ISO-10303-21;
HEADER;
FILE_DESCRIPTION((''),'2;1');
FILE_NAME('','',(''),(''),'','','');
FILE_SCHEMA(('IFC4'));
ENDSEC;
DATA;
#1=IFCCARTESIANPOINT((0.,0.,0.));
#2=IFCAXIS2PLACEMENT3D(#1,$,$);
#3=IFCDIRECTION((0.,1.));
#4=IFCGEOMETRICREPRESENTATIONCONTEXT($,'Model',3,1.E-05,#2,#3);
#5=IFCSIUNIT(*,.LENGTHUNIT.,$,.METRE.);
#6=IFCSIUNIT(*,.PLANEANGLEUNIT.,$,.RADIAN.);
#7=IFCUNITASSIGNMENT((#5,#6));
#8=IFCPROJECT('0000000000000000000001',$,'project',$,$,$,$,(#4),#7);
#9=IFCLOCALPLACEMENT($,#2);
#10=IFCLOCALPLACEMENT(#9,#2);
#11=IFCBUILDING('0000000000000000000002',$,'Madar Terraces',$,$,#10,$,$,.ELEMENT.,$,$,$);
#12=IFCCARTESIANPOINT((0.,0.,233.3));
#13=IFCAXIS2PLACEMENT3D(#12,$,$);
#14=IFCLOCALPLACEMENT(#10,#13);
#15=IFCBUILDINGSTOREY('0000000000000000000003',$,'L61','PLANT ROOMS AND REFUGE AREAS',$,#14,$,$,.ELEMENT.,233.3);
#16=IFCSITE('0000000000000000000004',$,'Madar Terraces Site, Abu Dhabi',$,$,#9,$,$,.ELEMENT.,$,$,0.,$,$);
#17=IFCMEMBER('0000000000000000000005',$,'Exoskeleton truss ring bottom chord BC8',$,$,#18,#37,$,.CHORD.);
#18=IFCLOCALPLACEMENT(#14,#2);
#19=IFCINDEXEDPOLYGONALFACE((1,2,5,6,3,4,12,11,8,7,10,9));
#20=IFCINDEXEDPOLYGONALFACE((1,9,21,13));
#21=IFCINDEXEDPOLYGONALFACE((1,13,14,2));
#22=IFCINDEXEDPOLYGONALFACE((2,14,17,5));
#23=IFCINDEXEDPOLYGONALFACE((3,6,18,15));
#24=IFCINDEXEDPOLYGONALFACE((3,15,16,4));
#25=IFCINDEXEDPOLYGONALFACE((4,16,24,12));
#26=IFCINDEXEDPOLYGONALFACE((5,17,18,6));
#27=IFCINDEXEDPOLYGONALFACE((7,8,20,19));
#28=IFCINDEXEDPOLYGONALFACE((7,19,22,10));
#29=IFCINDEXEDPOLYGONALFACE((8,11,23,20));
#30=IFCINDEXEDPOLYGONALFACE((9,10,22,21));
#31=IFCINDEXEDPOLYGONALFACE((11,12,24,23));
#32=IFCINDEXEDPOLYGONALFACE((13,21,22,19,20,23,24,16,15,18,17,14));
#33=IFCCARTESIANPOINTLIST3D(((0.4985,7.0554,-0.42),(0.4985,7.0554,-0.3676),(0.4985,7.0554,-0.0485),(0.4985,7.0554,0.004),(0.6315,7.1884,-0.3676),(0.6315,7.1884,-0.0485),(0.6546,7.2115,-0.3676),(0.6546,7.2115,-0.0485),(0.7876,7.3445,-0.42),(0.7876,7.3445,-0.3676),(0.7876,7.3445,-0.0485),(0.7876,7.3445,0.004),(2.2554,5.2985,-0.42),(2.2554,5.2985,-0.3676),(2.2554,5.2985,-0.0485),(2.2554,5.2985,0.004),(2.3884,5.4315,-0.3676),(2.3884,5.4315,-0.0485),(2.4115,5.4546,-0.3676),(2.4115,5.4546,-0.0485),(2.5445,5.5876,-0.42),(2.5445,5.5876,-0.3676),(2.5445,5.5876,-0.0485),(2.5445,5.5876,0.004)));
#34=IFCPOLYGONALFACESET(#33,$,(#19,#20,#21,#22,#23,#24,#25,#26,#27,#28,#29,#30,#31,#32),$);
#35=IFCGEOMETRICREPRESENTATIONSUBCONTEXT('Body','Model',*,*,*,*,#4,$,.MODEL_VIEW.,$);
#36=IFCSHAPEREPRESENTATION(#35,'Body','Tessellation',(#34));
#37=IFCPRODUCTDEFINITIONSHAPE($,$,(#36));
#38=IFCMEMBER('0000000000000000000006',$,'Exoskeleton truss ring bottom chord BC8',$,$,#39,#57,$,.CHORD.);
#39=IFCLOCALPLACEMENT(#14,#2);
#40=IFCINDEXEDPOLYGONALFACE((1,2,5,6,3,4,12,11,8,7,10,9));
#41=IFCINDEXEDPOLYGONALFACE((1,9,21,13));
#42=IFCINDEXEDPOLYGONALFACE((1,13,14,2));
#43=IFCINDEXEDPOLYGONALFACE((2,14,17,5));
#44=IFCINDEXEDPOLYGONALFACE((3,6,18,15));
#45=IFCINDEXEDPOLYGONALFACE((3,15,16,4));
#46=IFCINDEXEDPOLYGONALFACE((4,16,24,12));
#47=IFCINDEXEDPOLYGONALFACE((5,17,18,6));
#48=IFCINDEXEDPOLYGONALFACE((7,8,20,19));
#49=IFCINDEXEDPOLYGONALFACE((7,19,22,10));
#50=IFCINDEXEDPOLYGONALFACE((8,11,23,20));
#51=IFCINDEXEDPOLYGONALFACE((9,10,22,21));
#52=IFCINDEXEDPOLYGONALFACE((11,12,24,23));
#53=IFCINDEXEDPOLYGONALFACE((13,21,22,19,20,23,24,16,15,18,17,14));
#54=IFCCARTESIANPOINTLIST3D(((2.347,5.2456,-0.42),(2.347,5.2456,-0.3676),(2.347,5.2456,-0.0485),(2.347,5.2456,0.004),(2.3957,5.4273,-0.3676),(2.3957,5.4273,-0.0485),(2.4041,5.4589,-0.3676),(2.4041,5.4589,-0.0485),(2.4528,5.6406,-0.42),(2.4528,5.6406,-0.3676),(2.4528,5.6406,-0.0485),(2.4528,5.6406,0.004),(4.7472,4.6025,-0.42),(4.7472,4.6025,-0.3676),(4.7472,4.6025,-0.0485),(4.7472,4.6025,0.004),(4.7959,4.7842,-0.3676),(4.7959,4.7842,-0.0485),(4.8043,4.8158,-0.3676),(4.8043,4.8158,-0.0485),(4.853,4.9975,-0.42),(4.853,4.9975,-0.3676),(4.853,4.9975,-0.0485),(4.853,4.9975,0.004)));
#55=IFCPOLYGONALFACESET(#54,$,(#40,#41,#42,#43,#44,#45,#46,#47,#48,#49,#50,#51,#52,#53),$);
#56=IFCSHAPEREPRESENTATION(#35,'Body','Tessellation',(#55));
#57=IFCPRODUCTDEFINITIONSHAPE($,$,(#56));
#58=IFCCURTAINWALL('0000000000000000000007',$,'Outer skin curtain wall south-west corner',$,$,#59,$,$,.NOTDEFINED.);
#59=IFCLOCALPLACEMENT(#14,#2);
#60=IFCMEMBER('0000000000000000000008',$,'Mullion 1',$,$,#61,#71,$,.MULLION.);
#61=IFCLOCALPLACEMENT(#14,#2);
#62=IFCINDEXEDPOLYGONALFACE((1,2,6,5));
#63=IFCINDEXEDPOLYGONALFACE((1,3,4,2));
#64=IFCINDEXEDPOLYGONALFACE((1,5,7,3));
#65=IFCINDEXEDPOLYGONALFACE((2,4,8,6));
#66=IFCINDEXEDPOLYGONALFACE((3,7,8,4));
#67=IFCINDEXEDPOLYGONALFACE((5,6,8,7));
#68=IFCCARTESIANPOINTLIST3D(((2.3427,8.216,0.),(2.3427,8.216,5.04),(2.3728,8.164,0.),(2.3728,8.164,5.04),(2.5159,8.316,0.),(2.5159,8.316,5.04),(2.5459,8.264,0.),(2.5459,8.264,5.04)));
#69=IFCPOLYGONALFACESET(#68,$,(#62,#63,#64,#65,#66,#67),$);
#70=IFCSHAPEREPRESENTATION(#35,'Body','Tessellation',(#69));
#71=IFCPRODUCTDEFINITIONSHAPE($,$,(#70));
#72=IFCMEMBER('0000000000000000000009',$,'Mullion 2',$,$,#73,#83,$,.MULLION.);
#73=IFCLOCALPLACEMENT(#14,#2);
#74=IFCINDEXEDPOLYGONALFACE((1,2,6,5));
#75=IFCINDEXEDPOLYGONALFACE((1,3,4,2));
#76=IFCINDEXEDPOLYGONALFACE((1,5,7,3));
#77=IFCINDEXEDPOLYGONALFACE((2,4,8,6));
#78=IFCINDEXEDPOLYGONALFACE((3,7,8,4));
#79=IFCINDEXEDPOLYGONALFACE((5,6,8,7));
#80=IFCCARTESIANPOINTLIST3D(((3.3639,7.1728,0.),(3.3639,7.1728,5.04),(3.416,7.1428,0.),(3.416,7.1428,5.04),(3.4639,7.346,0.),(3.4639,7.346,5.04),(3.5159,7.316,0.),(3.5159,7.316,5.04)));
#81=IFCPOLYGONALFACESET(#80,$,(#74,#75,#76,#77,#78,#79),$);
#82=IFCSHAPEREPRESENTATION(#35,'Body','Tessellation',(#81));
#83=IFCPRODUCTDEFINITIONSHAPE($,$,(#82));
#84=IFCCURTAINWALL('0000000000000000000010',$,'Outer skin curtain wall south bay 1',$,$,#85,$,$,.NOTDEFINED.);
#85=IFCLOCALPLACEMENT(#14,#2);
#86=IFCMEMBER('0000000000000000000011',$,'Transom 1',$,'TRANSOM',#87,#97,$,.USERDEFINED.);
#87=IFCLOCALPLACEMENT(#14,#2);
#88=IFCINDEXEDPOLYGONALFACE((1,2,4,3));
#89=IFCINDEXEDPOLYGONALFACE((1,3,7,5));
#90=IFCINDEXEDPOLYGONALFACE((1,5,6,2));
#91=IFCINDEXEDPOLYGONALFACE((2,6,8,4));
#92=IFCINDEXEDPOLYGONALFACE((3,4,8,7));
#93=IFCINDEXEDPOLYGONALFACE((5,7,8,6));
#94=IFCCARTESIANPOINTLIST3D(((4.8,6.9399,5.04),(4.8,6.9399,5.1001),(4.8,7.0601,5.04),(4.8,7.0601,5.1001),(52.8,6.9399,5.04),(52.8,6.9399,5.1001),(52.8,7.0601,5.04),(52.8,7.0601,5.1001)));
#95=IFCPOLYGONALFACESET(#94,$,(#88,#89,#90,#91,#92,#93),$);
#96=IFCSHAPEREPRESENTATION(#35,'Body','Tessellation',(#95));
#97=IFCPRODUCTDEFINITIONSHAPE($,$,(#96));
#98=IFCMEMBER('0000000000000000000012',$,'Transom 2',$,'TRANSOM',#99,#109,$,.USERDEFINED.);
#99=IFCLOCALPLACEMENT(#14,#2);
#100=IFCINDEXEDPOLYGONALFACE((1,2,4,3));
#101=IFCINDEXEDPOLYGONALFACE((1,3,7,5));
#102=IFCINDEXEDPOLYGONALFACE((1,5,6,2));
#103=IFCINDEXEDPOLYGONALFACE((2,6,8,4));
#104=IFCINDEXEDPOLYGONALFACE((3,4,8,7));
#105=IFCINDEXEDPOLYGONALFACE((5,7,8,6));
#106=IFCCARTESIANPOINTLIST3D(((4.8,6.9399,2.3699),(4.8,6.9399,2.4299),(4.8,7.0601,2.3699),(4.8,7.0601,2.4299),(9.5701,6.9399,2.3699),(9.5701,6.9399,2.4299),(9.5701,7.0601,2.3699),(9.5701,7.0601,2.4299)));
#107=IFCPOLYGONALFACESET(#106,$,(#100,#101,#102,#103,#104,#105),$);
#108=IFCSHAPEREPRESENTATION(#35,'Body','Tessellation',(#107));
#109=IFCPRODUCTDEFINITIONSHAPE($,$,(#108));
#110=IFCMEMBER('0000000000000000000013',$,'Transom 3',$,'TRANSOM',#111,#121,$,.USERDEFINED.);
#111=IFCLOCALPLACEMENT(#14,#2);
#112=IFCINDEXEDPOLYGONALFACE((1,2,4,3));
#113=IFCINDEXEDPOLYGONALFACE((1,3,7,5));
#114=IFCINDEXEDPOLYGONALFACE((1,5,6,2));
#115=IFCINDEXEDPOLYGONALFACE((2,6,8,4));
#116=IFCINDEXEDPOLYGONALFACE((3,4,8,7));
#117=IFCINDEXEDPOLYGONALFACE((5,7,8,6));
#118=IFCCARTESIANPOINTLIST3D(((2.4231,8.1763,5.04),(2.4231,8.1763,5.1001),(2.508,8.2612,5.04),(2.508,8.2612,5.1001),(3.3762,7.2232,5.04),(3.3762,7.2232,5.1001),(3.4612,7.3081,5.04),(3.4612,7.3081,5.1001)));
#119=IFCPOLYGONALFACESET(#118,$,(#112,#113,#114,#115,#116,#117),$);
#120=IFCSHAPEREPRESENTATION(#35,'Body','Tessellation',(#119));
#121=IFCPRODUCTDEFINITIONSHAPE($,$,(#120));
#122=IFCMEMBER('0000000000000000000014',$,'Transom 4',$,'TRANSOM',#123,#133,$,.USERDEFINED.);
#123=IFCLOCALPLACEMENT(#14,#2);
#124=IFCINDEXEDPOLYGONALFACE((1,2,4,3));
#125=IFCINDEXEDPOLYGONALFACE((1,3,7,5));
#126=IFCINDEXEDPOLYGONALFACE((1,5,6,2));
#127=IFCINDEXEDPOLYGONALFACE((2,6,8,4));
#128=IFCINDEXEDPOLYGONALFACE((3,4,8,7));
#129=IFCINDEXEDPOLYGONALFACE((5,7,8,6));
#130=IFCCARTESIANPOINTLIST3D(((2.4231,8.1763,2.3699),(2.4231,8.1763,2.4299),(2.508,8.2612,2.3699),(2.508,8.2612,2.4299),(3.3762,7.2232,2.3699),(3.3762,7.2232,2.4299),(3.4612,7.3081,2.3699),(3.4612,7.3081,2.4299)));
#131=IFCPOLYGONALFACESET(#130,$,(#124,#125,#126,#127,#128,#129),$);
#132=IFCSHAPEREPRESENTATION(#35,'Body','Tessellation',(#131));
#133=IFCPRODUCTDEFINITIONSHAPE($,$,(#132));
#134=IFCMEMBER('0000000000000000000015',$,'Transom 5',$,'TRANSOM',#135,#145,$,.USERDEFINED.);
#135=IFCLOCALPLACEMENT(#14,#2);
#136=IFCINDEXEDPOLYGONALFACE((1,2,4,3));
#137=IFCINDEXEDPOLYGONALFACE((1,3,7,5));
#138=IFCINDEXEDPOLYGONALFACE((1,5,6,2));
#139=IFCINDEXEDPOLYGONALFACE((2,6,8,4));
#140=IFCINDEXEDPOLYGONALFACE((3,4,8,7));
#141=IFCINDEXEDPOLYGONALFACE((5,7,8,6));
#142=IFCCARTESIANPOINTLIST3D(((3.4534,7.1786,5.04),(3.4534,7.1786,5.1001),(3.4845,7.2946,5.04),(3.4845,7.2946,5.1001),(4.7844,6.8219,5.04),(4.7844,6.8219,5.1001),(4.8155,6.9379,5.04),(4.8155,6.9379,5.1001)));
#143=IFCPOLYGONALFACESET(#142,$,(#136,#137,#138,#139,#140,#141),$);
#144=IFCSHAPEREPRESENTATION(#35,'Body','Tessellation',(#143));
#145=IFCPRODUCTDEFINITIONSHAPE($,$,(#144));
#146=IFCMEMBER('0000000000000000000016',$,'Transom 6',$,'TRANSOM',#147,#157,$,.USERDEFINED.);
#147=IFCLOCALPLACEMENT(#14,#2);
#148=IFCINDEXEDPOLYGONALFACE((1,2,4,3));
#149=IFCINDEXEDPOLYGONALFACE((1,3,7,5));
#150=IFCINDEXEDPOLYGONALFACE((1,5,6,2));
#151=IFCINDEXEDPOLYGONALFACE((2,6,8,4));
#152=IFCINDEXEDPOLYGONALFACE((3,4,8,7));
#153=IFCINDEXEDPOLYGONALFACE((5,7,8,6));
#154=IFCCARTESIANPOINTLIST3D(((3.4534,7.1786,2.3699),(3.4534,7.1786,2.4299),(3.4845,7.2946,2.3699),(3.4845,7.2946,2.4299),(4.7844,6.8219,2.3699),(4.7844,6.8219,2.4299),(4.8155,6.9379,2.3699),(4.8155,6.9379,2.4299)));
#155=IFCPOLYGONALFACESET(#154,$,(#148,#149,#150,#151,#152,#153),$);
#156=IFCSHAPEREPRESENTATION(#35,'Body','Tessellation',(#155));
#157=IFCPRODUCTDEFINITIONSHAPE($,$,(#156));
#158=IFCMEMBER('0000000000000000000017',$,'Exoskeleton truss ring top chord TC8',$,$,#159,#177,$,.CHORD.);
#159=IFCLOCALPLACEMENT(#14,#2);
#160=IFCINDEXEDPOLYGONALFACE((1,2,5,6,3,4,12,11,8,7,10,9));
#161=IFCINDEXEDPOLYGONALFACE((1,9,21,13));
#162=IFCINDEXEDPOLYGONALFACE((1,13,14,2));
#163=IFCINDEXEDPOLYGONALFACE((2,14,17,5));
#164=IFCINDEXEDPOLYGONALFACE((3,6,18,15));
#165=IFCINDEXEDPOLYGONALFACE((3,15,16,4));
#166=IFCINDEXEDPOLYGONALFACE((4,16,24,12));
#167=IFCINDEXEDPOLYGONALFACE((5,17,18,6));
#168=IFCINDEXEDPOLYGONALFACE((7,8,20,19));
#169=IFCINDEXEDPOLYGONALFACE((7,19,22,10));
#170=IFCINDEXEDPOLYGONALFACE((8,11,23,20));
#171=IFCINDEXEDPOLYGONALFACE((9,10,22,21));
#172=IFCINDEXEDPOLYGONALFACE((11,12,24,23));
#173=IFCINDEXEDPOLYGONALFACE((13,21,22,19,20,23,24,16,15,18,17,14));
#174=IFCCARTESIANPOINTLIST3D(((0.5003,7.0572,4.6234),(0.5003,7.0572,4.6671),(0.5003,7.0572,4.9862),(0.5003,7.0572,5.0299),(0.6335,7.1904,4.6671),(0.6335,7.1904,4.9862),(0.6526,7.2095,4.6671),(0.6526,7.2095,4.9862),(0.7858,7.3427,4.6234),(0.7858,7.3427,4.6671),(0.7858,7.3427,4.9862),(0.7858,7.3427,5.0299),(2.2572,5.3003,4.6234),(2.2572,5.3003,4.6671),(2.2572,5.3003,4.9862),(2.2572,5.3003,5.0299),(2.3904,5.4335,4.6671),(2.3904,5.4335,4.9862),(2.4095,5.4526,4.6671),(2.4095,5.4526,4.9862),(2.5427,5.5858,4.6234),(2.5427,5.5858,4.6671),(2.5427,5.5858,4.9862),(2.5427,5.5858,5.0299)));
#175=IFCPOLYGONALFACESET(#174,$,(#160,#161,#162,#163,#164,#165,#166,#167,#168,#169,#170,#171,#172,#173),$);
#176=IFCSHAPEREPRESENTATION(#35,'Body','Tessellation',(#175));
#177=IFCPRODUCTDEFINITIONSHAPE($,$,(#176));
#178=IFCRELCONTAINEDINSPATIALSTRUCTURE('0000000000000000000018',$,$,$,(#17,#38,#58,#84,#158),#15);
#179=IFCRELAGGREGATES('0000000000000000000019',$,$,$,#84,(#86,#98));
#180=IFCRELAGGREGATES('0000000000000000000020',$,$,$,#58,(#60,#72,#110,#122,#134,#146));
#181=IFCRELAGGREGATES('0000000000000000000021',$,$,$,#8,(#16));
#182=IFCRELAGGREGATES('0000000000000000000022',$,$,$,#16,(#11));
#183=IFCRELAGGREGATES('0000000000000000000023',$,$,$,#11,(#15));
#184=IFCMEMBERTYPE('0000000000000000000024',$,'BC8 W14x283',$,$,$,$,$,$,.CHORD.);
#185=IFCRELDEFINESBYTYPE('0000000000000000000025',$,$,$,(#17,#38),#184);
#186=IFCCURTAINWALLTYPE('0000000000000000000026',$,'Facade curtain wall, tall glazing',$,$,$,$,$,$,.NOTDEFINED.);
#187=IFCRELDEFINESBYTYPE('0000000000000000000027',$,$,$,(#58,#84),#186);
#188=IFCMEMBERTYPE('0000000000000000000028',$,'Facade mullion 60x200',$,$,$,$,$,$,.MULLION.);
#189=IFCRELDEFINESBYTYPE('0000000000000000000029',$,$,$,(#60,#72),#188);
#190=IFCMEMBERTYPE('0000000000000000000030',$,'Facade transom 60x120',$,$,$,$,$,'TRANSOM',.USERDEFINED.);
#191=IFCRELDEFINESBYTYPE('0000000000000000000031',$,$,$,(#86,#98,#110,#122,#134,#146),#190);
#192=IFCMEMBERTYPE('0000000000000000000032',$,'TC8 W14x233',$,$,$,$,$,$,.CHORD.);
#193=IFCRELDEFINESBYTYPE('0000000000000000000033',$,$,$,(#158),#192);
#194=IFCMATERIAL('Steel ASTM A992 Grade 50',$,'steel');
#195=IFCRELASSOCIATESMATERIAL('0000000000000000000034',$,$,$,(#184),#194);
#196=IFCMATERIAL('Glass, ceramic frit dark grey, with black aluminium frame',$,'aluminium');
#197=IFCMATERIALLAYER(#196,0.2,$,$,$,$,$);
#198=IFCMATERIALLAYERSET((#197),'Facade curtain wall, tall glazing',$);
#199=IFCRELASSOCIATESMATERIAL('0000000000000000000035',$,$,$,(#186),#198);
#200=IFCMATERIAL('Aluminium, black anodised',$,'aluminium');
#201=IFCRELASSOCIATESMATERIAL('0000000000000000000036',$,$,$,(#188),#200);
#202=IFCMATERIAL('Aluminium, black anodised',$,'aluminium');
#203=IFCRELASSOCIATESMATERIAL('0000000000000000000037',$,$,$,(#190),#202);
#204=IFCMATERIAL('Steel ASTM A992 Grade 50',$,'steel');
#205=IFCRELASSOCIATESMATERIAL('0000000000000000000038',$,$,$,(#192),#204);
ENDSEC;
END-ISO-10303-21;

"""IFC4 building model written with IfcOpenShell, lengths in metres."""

from ifc_helpers import new_model, si_unit, direction, frame, origin, origin_2d, place, context, subcontext, project, spatial, rectangle, i_section, extrude, material, layer, layer_set, material_profile, profile_set, type_object, element, aggregate, save


model = new_model("IFC4")

# Units and contexts
model_context = context("Model", 3, precision=1e-05, world=origin(), true_north=direction((0.0, 1.0)))
body_context = subcontext(model_context, "Body", "Model", "MODEL_VIEW")
ifc_project = project(units=[si_unit("LENGTHUNIT", "METRE"), si_unit("PLANEANGLEUNIT", "RADIAN")], contexts=[model_context])

# Site, building, storey
site_placement = place(None, origin())
site = spatial("IfcSite", under=ifc_project, at=site_placement, Name="Madar Terraces Site, Abu Dhabi", CompositionType="ELEMENT", RefElevation=0.0)
building_placement = place(site_placement, origin())
building = spatial("IfcBuilding", under=site, at=building_placement, Name="Madar Terraces", CompositionType="ELEMENT")
storey_placement = place(building_placement, frame((0.0, 0.0, 233.3)))
storey = spatial("IfcBuildingStorey", under=building, at=storey_placement, Name="L61", Description="PLANT ROOMS AND REFUGE AREAS", CompositionType="ELEMENT", Elevation=233.3)

# Members
ifc_material_1 = material(Name="Steel ASTM A992 Grade 50", Category="steel")
ifc_material_profile_1 = material_profile(ifc_material_1, i_section(OverallWidth=0.4089, OverallDepth=0.4241, WebThickness=0.0327, FlangeThickness=0.0525, at=origin_2d()), Name="W14x283")
ifc_profile_set_1 = profile_set([ifc_material_profile_1], Name="Steel ASTM A992 Grade 50")
member_type_1 = type_object("IfcMemberType", Name="BC8 W14x283", PredefinedType="CHORD", material=ifc_profile_set_1)
member_1_placement = place(storey_placement, frame((0.6431, 7.2, -0.208), z_axis=(0.707107, -0.707107, 0.0), x_axis=(0.707107, 0.707107, 0.0)))
element("IfcMember", 1, at=member_1_placement, inside=storey, type_object=member_type_1, Name="Exoskeleton truss ring bottom chord BC8", PredefinedType="CHORD", context=body_context, shape_type="SweptSolid", body=[
    extrude(i_section(OverallWidth=0.4089, OverallDepth=0.4241, WebThickness=0.0327, FlangeThickness=0.0525, at=origin_2d()), origin(), (0.0, 0.0, 1.0), 2.4846),
])
member_2_placement = place(storey_placement, frame((2.3999, 5.4431, -0.208), z_axis=(0.965931, -0.2588, 0.0), x_axis=(0.2588, 0.965931, 0.0)))
element("IfcMember", 2, at=member_2_placement, inside=storey, type_object=member_type_1, Name="Exoskeleton truss ring bottom chord BC8", PredefinedType="CHORD", context=body_context, shape_type="SweptSolid", body=[
    extrude(i_section(OverallWidth=0.4089, OverallDepth=0.4241, WebThickness=0.0327, FlangeThickness=0.0525, at=origin_2d()), origin(), (0.0, 0.0, 1.0), 2.4849),
])

# Curtain walls, members
ifc_material_2 = material(Name="Glass, ceramic frit dark grey, with black aluminium frame", Category="aluminium")
ifc_layer_1 = layer(ifc_material_2, 0.2)
ifc_layer_set_1 = layer_set([ifc_layer_1], Name="Facade curtain wall, tall glazing")
curtain_wall_type = type_object("IfcCurtainWallType", Name="Facade curtain wall, tall glazing", PredefinedType="NOTDEFINED", material=ifc_layer_set_1)
curtain_wall_1_placement = place(storey_placement, origin())
curtain_wall_1 = element("IfcCurtainWall", 3, at=curtain_wall_1_placement, inside=storey, type_object=curtain_wall_type, Name="Outer skin curtain wall south-west corner", PredefinedType="NOTDEFINED")
ifc_material_3 = material(Name="Aluminium, black anodised", Category="aluminium")
ifc_material_profile_2 = material_profile(ifc_material_3, rectangle(XDim=0.2, YDim=0.0601, at=origin_2d()), Name="Facade mullion 60x200")
ifc_profile_set_2 = profile_set([ifc_material_profile_2], Name="Aluminium, black anodised")
member_type_2 = type_object("IfcMemberType", Name="Facade mullion 60x200", PredefinedType="MULLION", material=ifc_profile_set_2)
member_3_placement = place(storey_placement, frame((2.4443, 8.24, 0.0), z_axis=(0.0, 0.0, 1.0), x_axis=(0.866025, 0.5, 0.0)))
member_3 = element("IfcMember", 4, at=member_3_placement, type_object=member_type_2, Name="Mullion 1", PredefinedType="MULLION", context=body_context, shape_type="SweptSolid", body=[
    extrude(rectangle(XDim=0.2, YDim=0.0601, at=origin_2d()), origin(), (0.0, 0.0, 1.0), 5.04),
])
member_4_placement = place(storey_placement, frame((3.4399, 7.2444, 0.0), z_axis=(0.0, 0.0, 1.0), x_axis=(0.5, 0.866025, 0.0)))
member_4 = element("IfcMember", 5, at=member_4_placement, type_object=member_type_2, Name="Mullion 2", PredefinedType="MULLION", context=body_context, shape_type="SweptSolid", body=[
    extrude(rectangle(XDim=0.2, YDim=0.0601, at=origin_2d()), origin(), (0.0, 0.0, 1.0), 5.04),
])
curtain_wall_2_placement = place(storey_placement, origin())
curtain_wall_2 = element("IfcCurtainWall", 6, at=curtain_wall_2_placement, inside=storey, type_object=curtain_wall_type, Name="Outer skin curtain wall south bay 1", PredefinedType="NOTDEFINED")
ifc_material_4 = material(Name="Aluminium, black anodised", Category="aluminium")
ifc_material_profile_3 = material_profile(ifc_material_4, rectangle(XDim=0.1201, YDim=0.0601, at=origin_2d()), Name="Facade transom 60x120")
ifc_profile_set_3 = profile_set([ifc_material_profile_3], Name="Aluminium, black anodised")
member_type_3 = type_object("IfcMemberType", Name="Facade transom 60x120", ElementType="TRANSOM", PredefinedType="USERDEFINED", material=ifc_profile_set_3)
member_5_placement = place(storey_placement, frame((4.8, 7.0, 5.0701), z_axis=(1.0, 0.0, 0.0), x_axis=(0.0, 1.0, 0.0)))
member_5 = element("IfcMember", 7, at=member_5_placement, type_object=member_type_3, Name="Transom 1", ObjectType="TRANSOM", PredefinedType="USERDEFINED", context=body_context, shape_type="SweptSolid", body=[
    extrude(rectangle(XDim=0.1201, YDim=0.0601, at=origin_2d()), origin(), (0.0, 0.0, 1.0), 48.0),
])
member_6_placement = place(storey_placement, frame((4.8, 7.0, 2.3999), z_axis=(1.0, 0.0, 0.0), x_axis=(0.0, 1.0, 0.0)))
member_6 = element("IfcMember", 8, at=member_6_placement, type_object=member_type_3, Name="Transom 2", ObjectType="TRANSOM", PredefinedType="USERDEFINED", context=body_context, shape_type="SweptSolid", body=[
    extrude(rectangle(XDim=0.1201, YDim=0.0601, at=origin_2d()), origin(), (0.0, 0.0, 1.0), 4.77),
])
aggregate(curtain_wall_2, [member_5, member_6])

# Members
member_7_placement = place(storey_placement, frame((2.4656, 8.2188, 5.0701), z_axis=(0.707107, -0.707107, 0.0), x_axis=(0.707107, 0.707107, 0.0)))
member_7 = element("IfcMember", 9, at=member_7_placement, type_object=member_type_3, Name="Transom 3", ObjectType="TRANSOM", PredefinedType="USERDEFINED", context=body_context, shape_type="SweptSolid", body=[
    extrude(rectangle(XDim=0.1201, YDim=0.0601, at=origin_2d()), origin(), (0.0, 0.0, 1.0), 1.3479),
])
member_8_placement = place(storey_placement, frame((2.4656, 8.2188, 2.3999), z_axis=(0.707107, -0.707107, 0.0), x_axis=(0.707107, 0.707107, 0.0)))
member_8 = element("IfcMember", 10, at=member_8_placement, type_object=member_type_3, Name="Transom 4", ObjectType="TRANSOM", PredefinedType="USERDEFINED", context=body_context, shape_type="SweptSolid", body=[
    extrude(rectangle(XDim=0.1201, YDim=0.0601, at=origin_2d()), origin(), (0.0, 0.0, 1.0), 1.3479),
])
member_9_placement = place(storey_placement, frame((3.469, 7.2366, 5.0701), z_axis=(0.96592, -0.258842, 0.0), x_axis=(0.258842, 0.96592, 0.0)))
member_9 = element("IfcMember", 11, at=member_9_placement, type_object=member_type_3, Name="Transom 5", ObjectType="TRANSOM", PredefinedType="USERDEFINED", context=body_context, shape_type="SweptSolid", body=[
    extrude(rectangle(XDim=0.1201, YDim=0.0601, at=origin_2d()), origin(), (0.0, 0.0, 1.0), 1.3779),
])
member_10_placement = place(storey_placement, frame((3.469, 7.2366, 2.3999), z_axis=(0.96592, -0.258842, 0.0), x_axis=(0.258842, 0.96592, 0.0)))
member_10 = element("IfcMember", 12, at=member_10_placement, type_object=member_type_3, Name="Transom 6", ObjectType="TRANSOM", PredefinedType="USERDEFINED", context=body_context, shape_type="SweptSolid", body=[
    extrude(rectangle(XDim=0.1201, YDim=0.0601, at=origin_2d()), origin(), (0.0, 0.0, 1.0), 1.3779),
])

# Member
ifc_material_5 = material(Name="Steel ASTM A992 Grade 50", Category="steel")
ifc_material_profile_4 = material_profile(ifc_material_5, i_section(OverallWidth=0.4038, OverallDepth=0.4065, WebThickness=0.0271, FlangeThickness=0.0437, at=origin_2d()), Name="W14x233")
ifc_profile_set_4 = profile_set([ifc_material_profile_4], Name="Steel ASTM A992 Grade 50")
member_type_4 = type_object("IfcMemberType", Name="TC8 W14x233", PredefinedType="CHORD", material=ifc_profile_set_4)
member_11_placement = place(storey_placement, frame((0.6431, 7.2, 4.8267), z_axis=(0.707107, -0.707107, 0.0), x_axis=(0.707107, 0.707107, 0.0)))
element("IfcMember", 13, at=member_11_placement, inside=storey, type_object=member_type_4, Name="Exoskeleton truss ring top chord TC8", PredefinedType="CHORD", context=body_context, shape_type="SweptSolid", body=[
    extrude(i_section(OverallWidth=0.4038, OverallDepth=0.4065, WebThickness=0.0271, FlangeThickness=0.0437, at=origin_2d()), origin(), (0.0, 0.0, 1.0), 2.4846),
])

aggregate(curtain_wall_1, [member_3, member_4, member_7, member_8, member_9, member_10])

save(model, "model.ifc")
